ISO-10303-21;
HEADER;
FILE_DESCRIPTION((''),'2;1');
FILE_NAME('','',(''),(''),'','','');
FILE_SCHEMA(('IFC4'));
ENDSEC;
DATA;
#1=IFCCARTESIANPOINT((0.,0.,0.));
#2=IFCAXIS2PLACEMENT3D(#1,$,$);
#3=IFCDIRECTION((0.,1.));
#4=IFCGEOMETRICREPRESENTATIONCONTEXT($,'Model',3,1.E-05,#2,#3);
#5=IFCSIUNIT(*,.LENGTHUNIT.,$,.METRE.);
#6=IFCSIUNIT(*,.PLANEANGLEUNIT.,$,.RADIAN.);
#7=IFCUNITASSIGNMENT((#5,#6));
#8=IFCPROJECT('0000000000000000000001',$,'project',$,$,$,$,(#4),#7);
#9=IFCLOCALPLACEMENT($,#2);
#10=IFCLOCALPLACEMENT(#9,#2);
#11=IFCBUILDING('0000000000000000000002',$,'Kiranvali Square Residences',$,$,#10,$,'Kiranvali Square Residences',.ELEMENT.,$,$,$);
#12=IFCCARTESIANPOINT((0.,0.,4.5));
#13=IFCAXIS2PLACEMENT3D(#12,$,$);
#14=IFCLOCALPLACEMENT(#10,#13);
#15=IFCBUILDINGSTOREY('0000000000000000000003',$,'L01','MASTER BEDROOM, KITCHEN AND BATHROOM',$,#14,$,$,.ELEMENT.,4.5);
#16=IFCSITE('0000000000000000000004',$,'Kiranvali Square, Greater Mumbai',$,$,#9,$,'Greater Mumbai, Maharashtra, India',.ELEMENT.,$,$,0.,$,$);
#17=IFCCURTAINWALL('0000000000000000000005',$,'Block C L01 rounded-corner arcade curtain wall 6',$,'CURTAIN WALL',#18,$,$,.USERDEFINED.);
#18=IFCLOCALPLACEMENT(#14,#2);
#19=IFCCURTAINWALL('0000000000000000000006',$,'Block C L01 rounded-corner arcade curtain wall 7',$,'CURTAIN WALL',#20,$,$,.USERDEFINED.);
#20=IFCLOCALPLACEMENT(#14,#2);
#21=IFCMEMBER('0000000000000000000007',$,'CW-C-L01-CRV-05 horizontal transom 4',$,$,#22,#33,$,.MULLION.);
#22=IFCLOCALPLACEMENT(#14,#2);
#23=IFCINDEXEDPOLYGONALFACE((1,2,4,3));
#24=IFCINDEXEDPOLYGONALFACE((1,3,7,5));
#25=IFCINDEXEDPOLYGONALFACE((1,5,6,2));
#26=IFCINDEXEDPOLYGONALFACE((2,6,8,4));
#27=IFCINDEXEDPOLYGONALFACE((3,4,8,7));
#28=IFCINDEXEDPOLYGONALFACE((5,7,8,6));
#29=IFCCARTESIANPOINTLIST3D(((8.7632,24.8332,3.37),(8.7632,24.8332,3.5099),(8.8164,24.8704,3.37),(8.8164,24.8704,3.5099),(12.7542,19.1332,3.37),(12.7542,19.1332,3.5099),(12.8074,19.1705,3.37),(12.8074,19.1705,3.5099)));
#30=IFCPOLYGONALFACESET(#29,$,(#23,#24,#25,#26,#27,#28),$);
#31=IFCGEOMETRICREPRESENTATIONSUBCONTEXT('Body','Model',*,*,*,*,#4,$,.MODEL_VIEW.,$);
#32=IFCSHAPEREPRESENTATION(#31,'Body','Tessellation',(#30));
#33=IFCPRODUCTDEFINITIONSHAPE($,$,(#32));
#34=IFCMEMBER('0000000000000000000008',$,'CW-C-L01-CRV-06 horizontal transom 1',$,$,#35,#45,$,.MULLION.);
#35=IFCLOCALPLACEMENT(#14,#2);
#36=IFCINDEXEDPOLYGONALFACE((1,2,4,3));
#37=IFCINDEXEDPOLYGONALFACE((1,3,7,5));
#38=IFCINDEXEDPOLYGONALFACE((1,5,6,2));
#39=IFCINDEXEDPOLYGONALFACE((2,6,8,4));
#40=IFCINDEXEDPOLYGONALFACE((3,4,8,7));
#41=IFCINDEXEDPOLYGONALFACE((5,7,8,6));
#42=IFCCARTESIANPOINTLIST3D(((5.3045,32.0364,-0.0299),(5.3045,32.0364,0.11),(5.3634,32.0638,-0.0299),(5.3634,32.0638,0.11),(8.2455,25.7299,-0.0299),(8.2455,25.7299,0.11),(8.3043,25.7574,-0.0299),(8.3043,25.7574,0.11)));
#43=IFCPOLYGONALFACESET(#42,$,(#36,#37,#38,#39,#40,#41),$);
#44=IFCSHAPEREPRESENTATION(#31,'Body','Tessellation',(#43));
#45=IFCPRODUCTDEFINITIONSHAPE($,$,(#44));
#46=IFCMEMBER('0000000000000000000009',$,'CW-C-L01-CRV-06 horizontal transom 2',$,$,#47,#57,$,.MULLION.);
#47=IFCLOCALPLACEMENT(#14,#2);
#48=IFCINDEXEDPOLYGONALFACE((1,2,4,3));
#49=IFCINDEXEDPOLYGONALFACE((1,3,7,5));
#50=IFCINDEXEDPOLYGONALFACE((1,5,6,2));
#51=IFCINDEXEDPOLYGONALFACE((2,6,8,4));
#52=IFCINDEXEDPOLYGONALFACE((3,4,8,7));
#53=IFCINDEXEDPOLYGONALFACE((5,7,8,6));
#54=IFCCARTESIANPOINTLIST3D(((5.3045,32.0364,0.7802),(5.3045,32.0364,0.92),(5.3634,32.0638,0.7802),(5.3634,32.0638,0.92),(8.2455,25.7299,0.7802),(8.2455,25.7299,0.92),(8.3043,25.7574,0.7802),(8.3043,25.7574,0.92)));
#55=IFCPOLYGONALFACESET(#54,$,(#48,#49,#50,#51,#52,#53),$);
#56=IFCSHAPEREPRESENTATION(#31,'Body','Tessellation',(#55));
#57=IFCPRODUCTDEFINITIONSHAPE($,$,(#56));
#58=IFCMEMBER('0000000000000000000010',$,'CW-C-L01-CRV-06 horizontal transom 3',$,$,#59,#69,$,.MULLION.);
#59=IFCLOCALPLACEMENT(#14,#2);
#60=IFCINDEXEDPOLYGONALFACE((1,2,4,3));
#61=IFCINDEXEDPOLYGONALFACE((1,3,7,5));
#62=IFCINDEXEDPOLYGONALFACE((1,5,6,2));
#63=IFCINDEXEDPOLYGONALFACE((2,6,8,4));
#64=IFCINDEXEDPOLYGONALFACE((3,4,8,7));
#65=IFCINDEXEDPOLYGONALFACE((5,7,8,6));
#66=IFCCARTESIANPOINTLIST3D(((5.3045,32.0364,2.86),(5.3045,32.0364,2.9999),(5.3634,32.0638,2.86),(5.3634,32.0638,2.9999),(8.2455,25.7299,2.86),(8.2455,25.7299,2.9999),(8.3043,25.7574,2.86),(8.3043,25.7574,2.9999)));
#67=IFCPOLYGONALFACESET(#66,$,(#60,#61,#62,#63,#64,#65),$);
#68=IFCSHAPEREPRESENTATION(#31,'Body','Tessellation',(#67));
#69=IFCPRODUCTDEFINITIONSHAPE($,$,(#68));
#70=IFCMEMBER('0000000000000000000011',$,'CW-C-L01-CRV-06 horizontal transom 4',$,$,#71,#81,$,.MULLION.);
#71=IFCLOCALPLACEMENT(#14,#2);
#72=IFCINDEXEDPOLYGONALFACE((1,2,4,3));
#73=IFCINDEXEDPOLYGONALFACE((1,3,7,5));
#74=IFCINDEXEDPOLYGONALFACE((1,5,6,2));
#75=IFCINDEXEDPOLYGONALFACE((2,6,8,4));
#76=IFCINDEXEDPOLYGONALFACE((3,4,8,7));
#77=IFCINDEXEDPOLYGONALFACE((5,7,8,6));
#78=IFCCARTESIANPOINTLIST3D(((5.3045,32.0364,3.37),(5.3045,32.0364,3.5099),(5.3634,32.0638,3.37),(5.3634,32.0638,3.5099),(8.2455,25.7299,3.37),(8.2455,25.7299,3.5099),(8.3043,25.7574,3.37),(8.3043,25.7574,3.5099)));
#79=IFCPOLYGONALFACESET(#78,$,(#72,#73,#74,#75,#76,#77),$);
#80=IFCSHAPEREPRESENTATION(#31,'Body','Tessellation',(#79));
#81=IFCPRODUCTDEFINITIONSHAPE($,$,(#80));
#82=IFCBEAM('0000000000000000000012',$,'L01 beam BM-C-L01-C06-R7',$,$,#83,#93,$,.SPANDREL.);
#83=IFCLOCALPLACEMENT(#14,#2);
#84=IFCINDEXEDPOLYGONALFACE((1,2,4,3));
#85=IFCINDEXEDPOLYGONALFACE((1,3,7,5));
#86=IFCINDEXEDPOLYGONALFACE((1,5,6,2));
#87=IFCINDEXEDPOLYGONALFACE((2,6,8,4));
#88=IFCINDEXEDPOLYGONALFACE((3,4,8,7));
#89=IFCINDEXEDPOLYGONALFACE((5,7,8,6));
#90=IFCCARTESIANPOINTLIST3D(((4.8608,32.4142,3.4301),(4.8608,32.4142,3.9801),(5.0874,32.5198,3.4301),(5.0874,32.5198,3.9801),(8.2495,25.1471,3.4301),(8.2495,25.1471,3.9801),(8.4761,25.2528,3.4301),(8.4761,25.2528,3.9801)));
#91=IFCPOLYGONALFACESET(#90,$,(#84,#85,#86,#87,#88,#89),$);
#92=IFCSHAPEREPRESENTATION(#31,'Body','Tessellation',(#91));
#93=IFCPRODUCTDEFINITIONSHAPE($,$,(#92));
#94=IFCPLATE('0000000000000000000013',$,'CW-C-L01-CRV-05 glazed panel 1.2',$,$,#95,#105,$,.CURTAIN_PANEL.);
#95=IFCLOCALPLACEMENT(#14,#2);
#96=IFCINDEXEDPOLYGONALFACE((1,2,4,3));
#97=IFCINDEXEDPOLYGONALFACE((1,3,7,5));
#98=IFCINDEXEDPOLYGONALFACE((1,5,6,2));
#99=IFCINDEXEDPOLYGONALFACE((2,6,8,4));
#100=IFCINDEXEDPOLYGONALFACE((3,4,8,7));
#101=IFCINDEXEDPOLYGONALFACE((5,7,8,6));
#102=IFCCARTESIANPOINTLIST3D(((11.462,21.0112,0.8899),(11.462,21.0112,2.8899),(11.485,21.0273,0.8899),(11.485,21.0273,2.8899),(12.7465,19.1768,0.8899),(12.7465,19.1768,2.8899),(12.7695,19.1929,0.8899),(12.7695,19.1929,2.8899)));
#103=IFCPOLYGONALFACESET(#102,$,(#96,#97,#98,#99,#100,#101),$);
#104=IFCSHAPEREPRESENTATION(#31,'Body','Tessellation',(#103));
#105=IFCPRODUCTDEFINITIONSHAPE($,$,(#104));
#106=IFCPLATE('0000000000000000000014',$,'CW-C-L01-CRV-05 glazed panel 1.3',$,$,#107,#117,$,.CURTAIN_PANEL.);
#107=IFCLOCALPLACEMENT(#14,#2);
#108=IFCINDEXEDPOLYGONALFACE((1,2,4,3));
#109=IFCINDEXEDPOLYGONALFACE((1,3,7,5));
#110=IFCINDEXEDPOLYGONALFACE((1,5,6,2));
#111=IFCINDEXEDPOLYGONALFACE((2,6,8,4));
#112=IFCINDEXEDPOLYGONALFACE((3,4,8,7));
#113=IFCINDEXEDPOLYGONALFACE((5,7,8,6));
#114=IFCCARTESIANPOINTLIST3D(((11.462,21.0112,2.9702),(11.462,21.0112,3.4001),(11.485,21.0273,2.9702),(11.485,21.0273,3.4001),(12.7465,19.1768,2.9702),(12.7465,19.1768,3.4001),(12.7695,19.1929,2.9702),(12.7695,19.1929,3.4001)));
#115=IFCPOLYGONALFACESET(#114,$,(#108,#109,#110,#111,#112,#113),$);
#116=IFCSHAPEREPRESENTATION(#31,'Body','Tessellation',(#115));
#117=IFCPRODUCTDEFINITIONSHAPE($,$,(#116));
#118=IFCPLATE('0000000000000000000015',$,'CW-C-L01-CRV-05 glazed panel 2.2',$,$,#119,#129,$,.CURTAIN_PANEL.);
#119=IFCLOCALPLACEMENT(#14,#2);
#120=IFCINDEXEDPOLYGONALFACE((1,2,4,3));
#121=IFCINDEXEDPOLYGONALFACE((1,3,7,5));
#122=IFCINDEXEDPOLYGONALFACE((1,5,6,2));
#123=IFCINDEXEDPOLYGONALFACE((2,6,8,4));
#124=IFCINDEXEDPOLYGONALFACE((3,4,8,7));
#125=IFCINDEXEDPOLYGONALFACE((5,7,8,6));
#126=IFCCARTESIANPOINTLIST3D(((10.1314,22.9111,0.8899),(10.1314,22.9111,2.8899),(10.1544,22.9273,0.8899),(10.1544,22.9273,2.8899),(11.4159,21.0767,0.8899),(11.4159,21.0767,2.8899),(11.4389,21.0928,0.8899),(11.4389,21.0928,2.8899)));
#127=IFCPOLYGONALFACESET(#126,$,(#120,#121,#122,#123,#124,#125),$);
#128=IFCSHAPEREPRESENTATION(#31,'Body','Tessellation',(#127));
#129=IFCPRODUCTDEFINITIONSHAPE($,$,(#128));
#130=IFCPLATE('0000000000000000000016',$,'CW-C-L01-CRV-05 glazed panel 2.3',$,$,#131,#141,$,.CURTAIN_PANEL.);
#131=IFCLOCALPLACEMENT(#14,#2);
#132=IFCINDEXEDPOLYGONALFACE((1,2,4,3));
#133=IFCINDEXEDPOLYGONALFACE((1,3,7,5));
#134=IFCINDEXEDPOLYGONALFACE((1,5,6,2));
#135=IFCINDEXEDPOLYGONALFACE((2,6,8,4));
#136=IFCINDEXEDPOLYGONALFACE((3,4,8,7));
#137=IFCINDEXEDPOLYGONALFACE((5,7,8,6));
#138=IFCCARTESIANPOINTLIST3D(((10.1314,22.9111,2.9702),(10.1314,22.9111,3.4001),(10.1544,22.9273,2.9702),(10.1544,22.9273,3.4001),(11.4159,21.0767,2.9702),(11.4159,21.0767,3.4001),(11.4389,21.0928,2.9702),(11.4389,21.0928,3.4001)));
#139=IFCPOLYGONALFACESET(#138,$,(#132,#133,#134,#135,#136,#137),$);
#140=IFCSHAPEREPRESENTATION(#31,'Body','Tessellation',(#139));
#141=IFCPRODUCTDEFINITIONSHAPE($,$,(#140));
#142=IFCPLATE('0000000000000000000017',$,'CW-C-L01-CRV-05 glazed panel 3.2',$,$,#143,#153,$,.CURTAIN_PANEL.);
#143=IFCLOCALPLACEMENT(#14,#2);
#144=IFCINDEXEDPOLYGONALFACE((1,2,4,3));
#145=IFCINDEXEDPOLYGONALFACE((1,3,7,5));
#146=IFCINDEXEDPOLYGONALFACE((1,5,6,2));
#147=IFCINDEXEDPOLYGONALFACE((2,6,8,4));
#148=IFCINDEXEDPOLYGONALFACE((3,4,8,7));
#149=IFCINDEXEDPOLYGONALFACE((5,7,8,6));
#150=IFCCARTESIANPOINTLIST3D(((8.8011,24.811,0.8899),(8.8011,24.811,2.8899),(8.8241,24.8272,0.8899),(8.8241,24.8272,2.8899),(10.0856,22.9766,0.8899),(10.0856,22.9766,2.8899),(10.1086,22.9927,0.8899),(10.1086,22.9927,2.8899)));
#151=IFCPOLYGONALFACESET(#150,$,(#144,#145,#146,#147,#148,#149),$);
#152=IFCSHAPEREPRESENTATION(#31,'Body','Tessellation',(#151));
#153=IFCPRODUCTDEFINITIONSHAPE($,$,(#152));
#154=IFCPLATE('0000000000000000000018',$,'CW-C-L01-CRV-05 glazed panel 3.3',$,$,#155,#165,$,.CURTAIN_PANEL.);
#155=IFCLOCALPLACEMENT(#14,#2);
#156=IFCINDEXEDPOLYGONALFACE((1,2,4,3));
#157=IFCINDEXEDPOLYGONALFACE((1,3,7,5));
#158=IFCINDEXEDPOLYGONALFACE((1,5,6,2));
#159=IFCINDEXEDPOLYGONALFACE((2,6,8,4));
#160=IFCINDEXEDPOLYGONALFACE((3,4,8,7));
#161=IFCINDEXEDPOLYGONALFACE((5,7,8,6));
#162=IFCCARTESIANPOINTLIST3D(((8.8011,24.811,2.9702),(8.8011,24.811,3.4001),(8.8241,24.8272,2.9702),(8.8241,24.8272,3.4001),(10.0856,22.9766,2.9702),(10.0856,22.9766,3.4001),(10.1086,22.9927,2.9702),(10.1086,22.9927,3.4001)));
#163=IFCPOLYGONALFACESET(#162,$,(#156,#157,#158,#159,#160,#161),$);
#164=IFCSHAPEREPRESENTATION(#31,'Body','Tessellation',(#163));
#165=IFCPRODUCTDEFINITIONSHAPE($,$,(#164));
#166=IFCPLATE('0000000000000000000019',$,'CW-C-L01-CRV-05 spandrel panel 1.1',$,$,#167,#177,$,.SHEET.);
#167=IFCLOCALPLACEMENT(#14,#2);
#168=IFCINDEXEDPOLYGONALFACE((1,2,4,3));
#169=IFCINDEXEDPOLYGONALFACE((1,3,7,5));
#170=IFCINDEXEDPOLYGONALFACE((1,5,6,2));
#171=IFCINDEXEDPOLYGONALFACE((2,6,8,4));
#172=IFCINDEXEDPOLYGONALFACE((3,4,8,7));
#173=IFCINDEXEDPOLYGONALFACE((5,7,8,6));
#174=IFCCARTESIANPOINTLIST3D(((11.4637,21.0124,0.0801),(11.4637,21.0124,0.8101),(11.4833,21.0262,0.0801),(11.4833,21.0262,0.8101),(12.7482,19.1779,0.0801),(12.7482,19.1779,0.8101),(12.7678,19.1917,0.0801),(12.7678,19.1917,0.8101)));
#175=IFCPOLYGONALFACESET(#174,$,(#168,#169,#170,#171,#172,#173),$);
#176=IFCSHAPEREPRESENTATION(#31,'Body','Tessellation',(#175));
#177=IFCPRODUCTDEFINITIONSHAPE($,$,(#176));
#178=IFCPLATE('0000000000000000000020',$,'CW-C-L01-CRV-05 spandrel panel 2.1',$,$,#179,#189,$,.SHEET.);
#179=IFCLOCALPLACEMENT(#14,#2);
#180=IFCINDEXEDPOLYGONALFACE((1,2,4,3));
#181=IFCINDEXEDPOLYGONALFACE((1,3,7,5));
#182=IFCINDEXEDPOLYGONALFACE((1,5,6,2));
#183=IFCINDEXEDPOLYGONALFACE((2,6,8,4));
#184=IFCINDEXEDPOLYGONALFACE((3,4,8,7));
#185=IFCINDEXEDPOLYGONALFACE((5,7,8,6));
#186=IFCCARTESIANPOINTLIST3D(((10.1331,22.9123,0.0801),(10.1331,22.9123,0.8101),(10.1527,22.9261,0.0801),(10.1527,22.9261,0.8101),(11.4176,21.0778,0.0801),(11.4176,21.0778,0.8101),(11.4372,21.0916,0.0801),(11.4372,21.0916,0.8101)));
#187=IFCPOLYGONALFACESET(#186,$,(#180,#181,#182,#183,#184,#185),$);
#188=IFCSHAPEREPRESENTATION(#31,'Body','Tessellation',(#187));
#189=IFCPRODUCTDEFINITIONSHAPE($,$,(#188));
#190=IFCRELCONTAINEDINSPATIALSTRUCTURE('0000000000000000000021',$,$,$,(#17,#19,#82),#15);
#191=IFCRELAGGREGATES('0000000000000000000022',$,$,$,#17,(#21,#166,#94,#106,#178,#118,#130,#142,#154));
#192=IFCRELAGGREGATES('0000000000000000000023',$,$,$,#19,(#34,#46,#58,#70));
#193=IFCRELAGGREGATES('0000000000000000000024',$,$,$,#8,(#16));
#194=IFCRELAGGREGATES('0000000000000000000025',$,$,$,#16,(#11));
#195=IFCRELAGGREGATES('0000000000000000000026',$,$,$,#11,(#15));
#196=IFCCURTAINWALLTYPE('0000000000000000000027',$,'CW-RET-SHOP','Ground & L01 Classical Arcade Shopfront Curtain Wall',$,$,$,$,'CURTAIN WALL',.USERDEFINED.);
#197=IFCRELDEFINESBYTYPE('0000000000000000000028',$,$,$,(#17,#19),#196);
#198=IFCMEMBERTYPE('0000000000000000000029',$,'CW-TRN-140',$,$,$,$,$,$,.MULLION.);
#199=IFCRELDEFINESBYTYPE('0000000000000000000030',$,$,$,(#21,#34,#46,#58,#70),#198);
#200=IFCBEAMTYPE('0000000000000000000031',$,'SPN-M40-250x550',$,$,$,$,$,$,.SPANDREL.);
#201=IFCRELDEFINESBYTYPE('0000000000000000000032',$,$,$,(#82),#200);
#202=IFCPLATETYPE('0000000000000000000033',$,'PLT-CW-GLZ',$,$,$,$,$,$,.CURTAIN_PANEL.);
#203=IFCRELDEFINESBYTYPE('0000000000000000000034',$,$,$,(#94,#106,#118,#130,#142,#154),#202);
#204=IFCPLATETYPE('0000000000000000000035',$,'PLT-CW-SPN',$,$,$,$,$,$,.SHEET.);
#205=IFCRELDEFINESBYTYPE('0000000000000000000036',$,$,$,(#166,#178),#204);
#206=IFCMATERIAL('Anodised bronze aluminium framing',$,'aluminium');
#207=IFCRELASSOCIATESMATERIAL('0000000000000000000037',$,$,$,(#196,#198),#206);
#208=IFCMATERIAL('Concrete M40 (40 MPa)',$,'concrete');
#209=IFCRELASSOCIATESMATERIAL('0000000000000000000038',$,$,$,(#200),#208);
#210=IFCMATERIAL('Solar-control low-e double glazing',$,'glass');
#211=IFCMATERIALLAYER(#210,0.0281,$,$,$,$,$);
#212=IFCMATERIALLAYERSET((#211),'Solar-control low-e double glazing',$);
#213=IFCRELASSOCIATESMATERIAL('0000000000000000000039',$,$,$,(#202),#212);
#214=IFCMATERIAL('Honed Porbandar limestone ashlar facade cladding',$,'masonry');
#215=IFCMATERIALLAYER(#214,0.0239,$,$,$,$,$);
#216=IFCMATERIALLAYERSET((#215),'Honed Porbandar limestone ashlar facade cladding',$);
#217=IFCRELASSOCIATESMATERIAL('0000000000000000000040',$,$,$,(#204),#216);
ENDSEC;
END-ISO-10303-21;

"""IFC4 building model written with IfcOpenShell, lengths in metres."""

from ifc_helpers import new_model, si_unit, direction, frame, origin, origin_2d, place, context, subcontext, project, spatial, rectangle, extrude, material, layer, layer_set, material_profile, profile_set, type_object, element, aggregate, save


model = new_model("IFC4")

# Units and contexts
model_context = context("Model", 3, precision=1e-05, world=origin(), true_north=direction((0.0, 1.0)))
body_context = subcontext(model_context, "Body", "Model", "MODEL_VIEW")
ifc_project = project(units=[si_unit("LENGTHUNIT", "METRE"), si_unit("PLANEANGLEUNIT", "RADIAN")], contexts=[model_context])

# Site, building, storey
site_placement = place(None, origin())
site = spatial("IfcSite", under=ifc_project, at=site_placement, Name="Kiranvali Square, Greater Mumbai", LongName="Greater Mumbai, Maharashtra, India", CompositionType="ELEMENT", RefElevation=0.0)
building_placement = place(site_placement, origin())
building = spatial("IfcBuilding", under=site, at=building_placement, Name="Kiranvali Square Residences", LongName="Kiranvali Square Residences", CompositionType="ELEMENT")
storey_placement = place(building_placement, frame((0.0, 0.0, 4.5)))
storey = spatial("IfcBuildingStorey", under=building, at=storey_placement, Name="L01", Description="MASTER BEDROOM, KITCHEN AND BATHROOM", CompositionType="ELEMENT", Elevation=4.5)

# Shared definitions
ifc_material_1 = material(Name="Concrete M40 (40 MPa)", Category="concrete")

# Curtain wall
ifc_material_2 = material(Name="Anodised bronze aluminium framing", Category="aluminium")
curtain_wall_type = type_object("IfcCurtainWallType", Name="CW-RET-SHOP", Description="Ground & L01 Classical Arcade Shopfront Curtain Wall", ElementType="CURTAIN WALL", PredefinedType="USERDEFINED", material=ifc_material_2)
curtain_wall_1_placement = place(storey_placement, origin())
curtain_wall_1 = element("IfcCurtainWall", 1, at=curtain_wall_1_placement, inside=storey, type_object=curtain_wall_type, Name="Block C L01 rounded-corner arcade curtain wall 6", ObjectType="CURTAIN WALL", PredefinedType="USERDEFINED")

# Curtain wall
curtain_wall_2_placement = place(storey_placement, origin())
curtain_wall_2 = element("IfcCurtainWall", 2, at=curtain_wall_2_placement, inside=storey, type_object=curtain_wall_type, Name="Block C L01 rounded-corner arcade curtain wall 7", ObjectType="CURTAIN WALL", PredefinedType="USERDEFINED")

# Members
ifc_material_profile_1 = material_profile(ifc_material_2, rectangle(XDim=0.0649, YDim=0.1399, at=origin_2d()), Name="ALU 65x140")
ifc_profile_set_1 = profile_set([ifc_material_profile_1], Name="Anodised bronze aluminium framing")
member_type_1 = type_object("IfcMemberType", Name="CW-TRN-140", PredefinedType="MULLION", material=ifc_profile_set_1)
member_1_placement = place(storey_placement, frame((12.7808, 19.1519, 3.4399), z_axis=(-0.573559, 0.819164, 0.0), x_axis=(-0.819164, -0.573559, 0.0)))
member_1 = element("IfcMember", 3, at=member_1_placement, type_object=member_type_1, Name="CW-C-L01-CRV-05 horizontal transom 4", PredefinedType="MULLION", context=body_context, shape_type="SweptSolid", body=[
    extrude(rectangle(XDim=0.0649, YDim=0.1399, at=origin_2d()), origin(), (0.0, 0.0, 1.0), 6.9583),
])
member_2_placement = place(storey_placement, frame((8.2749, 25.7437, 0.04), z_axis=(-0.422642, 0.906297, 0.0), x_axis=(-0.906297, -0.422642, 0.0)))
member_2 = element("IfcMember", 4, at=member_2_placement, type_object=member_type_1, Name="CW-C-L01-CRV-06 horizontal transom 1", PredefinedType="MULLION", context=body_context, shape_type="SweptSolid", body=[
    extrude(rectangle(XDim=0.0649, YDim=0.1399, at=origin_2d()), origin(), (0.0, 0.0, 1.0), 6.9585),
])
member_3_placement = place(storey_placement, frame((8.2749, 25.7437, 0.8501), z_axis=(-0.422642, 0.906297, 0.0), x_axis=(-0.906297, -0.422642, 0.0)))
member_3 = element("IfcMember", 5, at=member_3_placement, type_object=member_type_1, Name="CW-C-L01-CRV-06 horizontal transom 2", PredefinedType="MULLION", context=body_context, shape_type="SweptSolid", body=[
    extrude(rectangle(XDim=0.0649, YDim=0.1399, at=origin_2d()), origin(), (0.0, 0.0, 1.0), 6.9585),
])
member_4_placement = place(storey_placement, frame((8.2749, 25.7437, 2.9299), z_axis=(-0.422642, 0.906297, 0.0), x_axis=(-0.906297, -0.422642, 0.0)))
member_4 = element("IfcMember", 6, at=member_4_placement, type_object=member_type_1, Name="CW-C-L01-CRV-06 horizontal transom 3", PredefinedType="MULLION", context=body_context, shape_type="SweptSolid", body=[
    extrude(rectangle(XDim=0.0649, YDim=0.1399, at=origin_2d()), origin(), (0.0, 0.0, 1.0), 6.9585),
])
member_5_placement = place(storey_placement, frame((8.2749, 25.7437, 3.4399), z_axis=(-0.422642, 0.906297, 0.0), x_axis=(-0.906297, -0.422642, 0.0)))
member_5 = element("IfcMember", 7, at=member_5_placement, type_object=member_type_1, Name="CW-C-L01-CRV-06 horizontal transom 4", PredefinedType="MULLION", context=body_context, shape_type="SweptSolid", body=[
    extrude(rectangle(XDim=0.0649, YDim=0.1399, at=origin_2d()), origin(), (0.0, 0.0, 1.0), 6.9585),
])

# Beam
ifc_material_profile_2 = material_profile(ifc_material_1, rectangle(XDim=0.25, YDim=0.55, at=origin_2d()), Name="RC 250x550")
ifc_profile_set_2 = profile_set([ifc_material_profile_2], Name="Concrete M40 (40 MPa)")
beam_type_1 = type_object("IfcBeamType", Name="SPN-M40-250x550", PredefinedType="SPANDREL", material=ifc_profile_set_2)
beam_1_placement = place(storey_placement, frame((8.3628, 25.2, 3.7051), z_axis=(-0.422615, 0.906309, 0.0), x_axis=(-0.906309, -0.422615, 0.0)))
element("IfcBeam", 8, at=beam_1_placement, inside=storey, type_object=beam_type_1, Name="L01 beam BM-C-L01-C06-R7", PredefinedType="SPANDREL", context=body_context, shape_type="SweptSolid", body=[
    extrude(rectangle(XDim=0.25, YDim=0.55, at=origin_2d()), origin(), (0.0, 0.0, 1.0), 8.0183),
])

# Plates
ifc_material_3 = material(Name="Solar-control low-e double glazing", Category="glass")
ifc_layer_1 = layer(ifc_material_3, 0.0281)
ifc_layer_set_1 = layer_set([ifc_layer_1], Name="Solar-control low-e double glazing")
plate_type_1 = type_object("IfcPlateType", Name="PLT-CW-GLZ", PredefinedType="CURTAIN_PANEL", material=ifc_layer_set_1)
plate_1_placement = place(storey_placement, frame((12.1157, 20.1021, 0.8899), z_axis=(0.0, 0.0, 1.0), x_axis=(-0.573576, 0.819152, 0.0)))
plate_1 = element("IfcPlate", 9, at=plate_1_placement, type_object=plate_type_1, Name="CW-C-L01-CRV-05 glazed panel 1.2", PredefinedType="CURTAIN_PANEL", context=body_context, shape_type="SweptSolid", body=[
    extrude(rectangle(XDim=2.2395, YDim=0.0281, at=origin_2d()), origin(), (0.0, 0.0, 1.0), 2.0),
])
plate_2_placement = place(storey_placement, frame((12.1157, 20.1021, 2.9702), z_axis=(0.0, 0.0, 1.0), x_axis=(-0.573576, 0.819152, 0.0)))
plate_2 = element("IfcPlate", 10, at=plate_2_placement, type_object=plate_type_1, Name="CW-C-L01-CRV-05 glazed panel 1.3", PredefinedType="CURTAIN_PANEL", context=body_context, shape_type="SweptSolid", body=[
    extrude(rectangle(XDim=2.2395, YDim=0.0281, at=origin_2d()), origin(), (0.0, 0.0, 1.0), 0.4299),
])
plate_3_placement = place(storey_placement, frame((10.7852, 22.002, 0.8899), z_axis=(0.0, 0.0, 1.0), x_axis=(-0.573576, 0.819152, 0.0)))
plate_3 = element("IfcPlate", 11, at=plate_3_placement, type_object=plate_type_1, Name="CW-C-L01-CRV-05 glazed panel 2.2", PredefinedType="CURTAIN_PANEL", context=body_context, shape_type="SweptSolid", body=[
    extrude(rectangle(XDim=2.2395, YDim=0.0281, at=origin_2d()), origin(), (0.0, 0.0, 1.0), 2.0),
])
plate_4_placement = place(storey_placement, frame((10.7852, 22.002, 2.9702), z_axis=(0.0, 0.0, 1.0), x_axis=(-0.573576, 0.819152, 0.0)))
plate_4 = element("IfcPlate", 12, at=plate_4_placement, type_object=plate_type_1, Name="CW-C-L01-CRV-05 glazed panel 2.3", PredefinedType="CURTAIN_PANEL", context=body_context, shape_type="SweptSolid", body=[
    extrude(rectangle(XDim=2.2395, YDim=0.0281, at=origin_2d()), origin(), (0.0, 0.0, 1.0), 0.4299),
])
plate_5_placement = place(storey_placement, frame((9.4548, 23.9019, 0.8899), z_axis=(0.0, 0.0, 1.0), x_axis=(-0.573576, 0.819152, 0.0)))
plate_5 = element("IfcPlate", 13, at=plate_5_placement, type_object=plate_type_1, Name="CW-C-L01-CRV-05 glazed panel 3.2", PredefinedType="CURTAIN_PANEL", context=body_context, shape_type="SweptSolid", body=[
    extrude(rectangle(XDim=2.2395, YDim=0.0281, at=origin_2d()), origin(), (0.0, 0.0, 1.0), 2.0),
])
plate_6_placement = place(storey_placement, frame((9.4548, 23.9019, 2.9702), z_axis=(0.0, 0.0, 1.0), x_axis=(-0.573576, 0.819152, 0.0)))
plate_6 = element("IfcPlate", 14, at=plate_6_placement, type_object=plate_type_1, Name="CW-C-L01-CRV-05 glazed panel 3.3", PredefinedType="CURTAIN_PANEL", context=body_context, shape_type="SweptSolid", body=[
    extrude(rectangle(XDim=2.2395, YDim=0.0281, at=origin_2d()), origin(), (0.0, 0.0, 1.0), 0.4299),
])
ifc_material_4 = material(Name="Honed Porbandar limestone ashlar facade cladding", Category="masonry")
ifc_layer_2 = layer(ifc_material_4, 0.0239)
ifc_layer_set_2 = layer_set([ifc_layer_2], Name="Honed Porbandar limestone ashlar facade cladding")
plate_type_2 = type_object("IfcPlateType", Name="PLT-CW-SPN", PredefinedType="SHEET", material=ifc_layer_set_2)
plate_7_placement = place(storey_placement, frame((12.1157, 20.1021, 0.0801), z_axis=(0.0, 0.0, 1.0), x_axis=(-0.573576, 0.819152, 0.0)))
plate_7 = element("IfcPlate", 15, at=plate_7_placement, type_object=plate_type_2, Name="CW-C-L01-CRV-05 spandrel panel 1.1", PredefinedType="SHEET", context=body_context, shape_type="SweptSolid", body=[
    extrude(rectangle(XDim=2.2395, YDim=0.0239, at=origin_2d()), origin(), (0.0, 0.0, 1.0), 0.73),
])
plate_8_placement = place(storey_placement, frame((10.7852, 22.002, 0.0801), z_axis=(0.0, 0.0, 1.0), x_axis=(-0.573576, 0.819152, 0.0)))
plate_8 = element("IfcPlate", 16, at=plate_8_placement, type_object=plate_type_2, Name="CW-C-L01-CRV-05 spandrel panel 2.1", PredefinedType="SHEET", context=body_context, shape_type="SweptSolid", body=[
    extrude(rectangle(XDim=2.2395, YDim=0.0239, at=origin_2d()), origin(), (0.0, 0.0, 1.0), 0.73),
])
aggregate(curtain_wall_1, [member_1, plate_7, plate_1, plate_2, plate_8, plate_3, plate_4, plate_5, plate_6])
aggregate(curtain_wall_2, [member_2, member_3, member_4, member_5])

save(model, "model.ifc")
